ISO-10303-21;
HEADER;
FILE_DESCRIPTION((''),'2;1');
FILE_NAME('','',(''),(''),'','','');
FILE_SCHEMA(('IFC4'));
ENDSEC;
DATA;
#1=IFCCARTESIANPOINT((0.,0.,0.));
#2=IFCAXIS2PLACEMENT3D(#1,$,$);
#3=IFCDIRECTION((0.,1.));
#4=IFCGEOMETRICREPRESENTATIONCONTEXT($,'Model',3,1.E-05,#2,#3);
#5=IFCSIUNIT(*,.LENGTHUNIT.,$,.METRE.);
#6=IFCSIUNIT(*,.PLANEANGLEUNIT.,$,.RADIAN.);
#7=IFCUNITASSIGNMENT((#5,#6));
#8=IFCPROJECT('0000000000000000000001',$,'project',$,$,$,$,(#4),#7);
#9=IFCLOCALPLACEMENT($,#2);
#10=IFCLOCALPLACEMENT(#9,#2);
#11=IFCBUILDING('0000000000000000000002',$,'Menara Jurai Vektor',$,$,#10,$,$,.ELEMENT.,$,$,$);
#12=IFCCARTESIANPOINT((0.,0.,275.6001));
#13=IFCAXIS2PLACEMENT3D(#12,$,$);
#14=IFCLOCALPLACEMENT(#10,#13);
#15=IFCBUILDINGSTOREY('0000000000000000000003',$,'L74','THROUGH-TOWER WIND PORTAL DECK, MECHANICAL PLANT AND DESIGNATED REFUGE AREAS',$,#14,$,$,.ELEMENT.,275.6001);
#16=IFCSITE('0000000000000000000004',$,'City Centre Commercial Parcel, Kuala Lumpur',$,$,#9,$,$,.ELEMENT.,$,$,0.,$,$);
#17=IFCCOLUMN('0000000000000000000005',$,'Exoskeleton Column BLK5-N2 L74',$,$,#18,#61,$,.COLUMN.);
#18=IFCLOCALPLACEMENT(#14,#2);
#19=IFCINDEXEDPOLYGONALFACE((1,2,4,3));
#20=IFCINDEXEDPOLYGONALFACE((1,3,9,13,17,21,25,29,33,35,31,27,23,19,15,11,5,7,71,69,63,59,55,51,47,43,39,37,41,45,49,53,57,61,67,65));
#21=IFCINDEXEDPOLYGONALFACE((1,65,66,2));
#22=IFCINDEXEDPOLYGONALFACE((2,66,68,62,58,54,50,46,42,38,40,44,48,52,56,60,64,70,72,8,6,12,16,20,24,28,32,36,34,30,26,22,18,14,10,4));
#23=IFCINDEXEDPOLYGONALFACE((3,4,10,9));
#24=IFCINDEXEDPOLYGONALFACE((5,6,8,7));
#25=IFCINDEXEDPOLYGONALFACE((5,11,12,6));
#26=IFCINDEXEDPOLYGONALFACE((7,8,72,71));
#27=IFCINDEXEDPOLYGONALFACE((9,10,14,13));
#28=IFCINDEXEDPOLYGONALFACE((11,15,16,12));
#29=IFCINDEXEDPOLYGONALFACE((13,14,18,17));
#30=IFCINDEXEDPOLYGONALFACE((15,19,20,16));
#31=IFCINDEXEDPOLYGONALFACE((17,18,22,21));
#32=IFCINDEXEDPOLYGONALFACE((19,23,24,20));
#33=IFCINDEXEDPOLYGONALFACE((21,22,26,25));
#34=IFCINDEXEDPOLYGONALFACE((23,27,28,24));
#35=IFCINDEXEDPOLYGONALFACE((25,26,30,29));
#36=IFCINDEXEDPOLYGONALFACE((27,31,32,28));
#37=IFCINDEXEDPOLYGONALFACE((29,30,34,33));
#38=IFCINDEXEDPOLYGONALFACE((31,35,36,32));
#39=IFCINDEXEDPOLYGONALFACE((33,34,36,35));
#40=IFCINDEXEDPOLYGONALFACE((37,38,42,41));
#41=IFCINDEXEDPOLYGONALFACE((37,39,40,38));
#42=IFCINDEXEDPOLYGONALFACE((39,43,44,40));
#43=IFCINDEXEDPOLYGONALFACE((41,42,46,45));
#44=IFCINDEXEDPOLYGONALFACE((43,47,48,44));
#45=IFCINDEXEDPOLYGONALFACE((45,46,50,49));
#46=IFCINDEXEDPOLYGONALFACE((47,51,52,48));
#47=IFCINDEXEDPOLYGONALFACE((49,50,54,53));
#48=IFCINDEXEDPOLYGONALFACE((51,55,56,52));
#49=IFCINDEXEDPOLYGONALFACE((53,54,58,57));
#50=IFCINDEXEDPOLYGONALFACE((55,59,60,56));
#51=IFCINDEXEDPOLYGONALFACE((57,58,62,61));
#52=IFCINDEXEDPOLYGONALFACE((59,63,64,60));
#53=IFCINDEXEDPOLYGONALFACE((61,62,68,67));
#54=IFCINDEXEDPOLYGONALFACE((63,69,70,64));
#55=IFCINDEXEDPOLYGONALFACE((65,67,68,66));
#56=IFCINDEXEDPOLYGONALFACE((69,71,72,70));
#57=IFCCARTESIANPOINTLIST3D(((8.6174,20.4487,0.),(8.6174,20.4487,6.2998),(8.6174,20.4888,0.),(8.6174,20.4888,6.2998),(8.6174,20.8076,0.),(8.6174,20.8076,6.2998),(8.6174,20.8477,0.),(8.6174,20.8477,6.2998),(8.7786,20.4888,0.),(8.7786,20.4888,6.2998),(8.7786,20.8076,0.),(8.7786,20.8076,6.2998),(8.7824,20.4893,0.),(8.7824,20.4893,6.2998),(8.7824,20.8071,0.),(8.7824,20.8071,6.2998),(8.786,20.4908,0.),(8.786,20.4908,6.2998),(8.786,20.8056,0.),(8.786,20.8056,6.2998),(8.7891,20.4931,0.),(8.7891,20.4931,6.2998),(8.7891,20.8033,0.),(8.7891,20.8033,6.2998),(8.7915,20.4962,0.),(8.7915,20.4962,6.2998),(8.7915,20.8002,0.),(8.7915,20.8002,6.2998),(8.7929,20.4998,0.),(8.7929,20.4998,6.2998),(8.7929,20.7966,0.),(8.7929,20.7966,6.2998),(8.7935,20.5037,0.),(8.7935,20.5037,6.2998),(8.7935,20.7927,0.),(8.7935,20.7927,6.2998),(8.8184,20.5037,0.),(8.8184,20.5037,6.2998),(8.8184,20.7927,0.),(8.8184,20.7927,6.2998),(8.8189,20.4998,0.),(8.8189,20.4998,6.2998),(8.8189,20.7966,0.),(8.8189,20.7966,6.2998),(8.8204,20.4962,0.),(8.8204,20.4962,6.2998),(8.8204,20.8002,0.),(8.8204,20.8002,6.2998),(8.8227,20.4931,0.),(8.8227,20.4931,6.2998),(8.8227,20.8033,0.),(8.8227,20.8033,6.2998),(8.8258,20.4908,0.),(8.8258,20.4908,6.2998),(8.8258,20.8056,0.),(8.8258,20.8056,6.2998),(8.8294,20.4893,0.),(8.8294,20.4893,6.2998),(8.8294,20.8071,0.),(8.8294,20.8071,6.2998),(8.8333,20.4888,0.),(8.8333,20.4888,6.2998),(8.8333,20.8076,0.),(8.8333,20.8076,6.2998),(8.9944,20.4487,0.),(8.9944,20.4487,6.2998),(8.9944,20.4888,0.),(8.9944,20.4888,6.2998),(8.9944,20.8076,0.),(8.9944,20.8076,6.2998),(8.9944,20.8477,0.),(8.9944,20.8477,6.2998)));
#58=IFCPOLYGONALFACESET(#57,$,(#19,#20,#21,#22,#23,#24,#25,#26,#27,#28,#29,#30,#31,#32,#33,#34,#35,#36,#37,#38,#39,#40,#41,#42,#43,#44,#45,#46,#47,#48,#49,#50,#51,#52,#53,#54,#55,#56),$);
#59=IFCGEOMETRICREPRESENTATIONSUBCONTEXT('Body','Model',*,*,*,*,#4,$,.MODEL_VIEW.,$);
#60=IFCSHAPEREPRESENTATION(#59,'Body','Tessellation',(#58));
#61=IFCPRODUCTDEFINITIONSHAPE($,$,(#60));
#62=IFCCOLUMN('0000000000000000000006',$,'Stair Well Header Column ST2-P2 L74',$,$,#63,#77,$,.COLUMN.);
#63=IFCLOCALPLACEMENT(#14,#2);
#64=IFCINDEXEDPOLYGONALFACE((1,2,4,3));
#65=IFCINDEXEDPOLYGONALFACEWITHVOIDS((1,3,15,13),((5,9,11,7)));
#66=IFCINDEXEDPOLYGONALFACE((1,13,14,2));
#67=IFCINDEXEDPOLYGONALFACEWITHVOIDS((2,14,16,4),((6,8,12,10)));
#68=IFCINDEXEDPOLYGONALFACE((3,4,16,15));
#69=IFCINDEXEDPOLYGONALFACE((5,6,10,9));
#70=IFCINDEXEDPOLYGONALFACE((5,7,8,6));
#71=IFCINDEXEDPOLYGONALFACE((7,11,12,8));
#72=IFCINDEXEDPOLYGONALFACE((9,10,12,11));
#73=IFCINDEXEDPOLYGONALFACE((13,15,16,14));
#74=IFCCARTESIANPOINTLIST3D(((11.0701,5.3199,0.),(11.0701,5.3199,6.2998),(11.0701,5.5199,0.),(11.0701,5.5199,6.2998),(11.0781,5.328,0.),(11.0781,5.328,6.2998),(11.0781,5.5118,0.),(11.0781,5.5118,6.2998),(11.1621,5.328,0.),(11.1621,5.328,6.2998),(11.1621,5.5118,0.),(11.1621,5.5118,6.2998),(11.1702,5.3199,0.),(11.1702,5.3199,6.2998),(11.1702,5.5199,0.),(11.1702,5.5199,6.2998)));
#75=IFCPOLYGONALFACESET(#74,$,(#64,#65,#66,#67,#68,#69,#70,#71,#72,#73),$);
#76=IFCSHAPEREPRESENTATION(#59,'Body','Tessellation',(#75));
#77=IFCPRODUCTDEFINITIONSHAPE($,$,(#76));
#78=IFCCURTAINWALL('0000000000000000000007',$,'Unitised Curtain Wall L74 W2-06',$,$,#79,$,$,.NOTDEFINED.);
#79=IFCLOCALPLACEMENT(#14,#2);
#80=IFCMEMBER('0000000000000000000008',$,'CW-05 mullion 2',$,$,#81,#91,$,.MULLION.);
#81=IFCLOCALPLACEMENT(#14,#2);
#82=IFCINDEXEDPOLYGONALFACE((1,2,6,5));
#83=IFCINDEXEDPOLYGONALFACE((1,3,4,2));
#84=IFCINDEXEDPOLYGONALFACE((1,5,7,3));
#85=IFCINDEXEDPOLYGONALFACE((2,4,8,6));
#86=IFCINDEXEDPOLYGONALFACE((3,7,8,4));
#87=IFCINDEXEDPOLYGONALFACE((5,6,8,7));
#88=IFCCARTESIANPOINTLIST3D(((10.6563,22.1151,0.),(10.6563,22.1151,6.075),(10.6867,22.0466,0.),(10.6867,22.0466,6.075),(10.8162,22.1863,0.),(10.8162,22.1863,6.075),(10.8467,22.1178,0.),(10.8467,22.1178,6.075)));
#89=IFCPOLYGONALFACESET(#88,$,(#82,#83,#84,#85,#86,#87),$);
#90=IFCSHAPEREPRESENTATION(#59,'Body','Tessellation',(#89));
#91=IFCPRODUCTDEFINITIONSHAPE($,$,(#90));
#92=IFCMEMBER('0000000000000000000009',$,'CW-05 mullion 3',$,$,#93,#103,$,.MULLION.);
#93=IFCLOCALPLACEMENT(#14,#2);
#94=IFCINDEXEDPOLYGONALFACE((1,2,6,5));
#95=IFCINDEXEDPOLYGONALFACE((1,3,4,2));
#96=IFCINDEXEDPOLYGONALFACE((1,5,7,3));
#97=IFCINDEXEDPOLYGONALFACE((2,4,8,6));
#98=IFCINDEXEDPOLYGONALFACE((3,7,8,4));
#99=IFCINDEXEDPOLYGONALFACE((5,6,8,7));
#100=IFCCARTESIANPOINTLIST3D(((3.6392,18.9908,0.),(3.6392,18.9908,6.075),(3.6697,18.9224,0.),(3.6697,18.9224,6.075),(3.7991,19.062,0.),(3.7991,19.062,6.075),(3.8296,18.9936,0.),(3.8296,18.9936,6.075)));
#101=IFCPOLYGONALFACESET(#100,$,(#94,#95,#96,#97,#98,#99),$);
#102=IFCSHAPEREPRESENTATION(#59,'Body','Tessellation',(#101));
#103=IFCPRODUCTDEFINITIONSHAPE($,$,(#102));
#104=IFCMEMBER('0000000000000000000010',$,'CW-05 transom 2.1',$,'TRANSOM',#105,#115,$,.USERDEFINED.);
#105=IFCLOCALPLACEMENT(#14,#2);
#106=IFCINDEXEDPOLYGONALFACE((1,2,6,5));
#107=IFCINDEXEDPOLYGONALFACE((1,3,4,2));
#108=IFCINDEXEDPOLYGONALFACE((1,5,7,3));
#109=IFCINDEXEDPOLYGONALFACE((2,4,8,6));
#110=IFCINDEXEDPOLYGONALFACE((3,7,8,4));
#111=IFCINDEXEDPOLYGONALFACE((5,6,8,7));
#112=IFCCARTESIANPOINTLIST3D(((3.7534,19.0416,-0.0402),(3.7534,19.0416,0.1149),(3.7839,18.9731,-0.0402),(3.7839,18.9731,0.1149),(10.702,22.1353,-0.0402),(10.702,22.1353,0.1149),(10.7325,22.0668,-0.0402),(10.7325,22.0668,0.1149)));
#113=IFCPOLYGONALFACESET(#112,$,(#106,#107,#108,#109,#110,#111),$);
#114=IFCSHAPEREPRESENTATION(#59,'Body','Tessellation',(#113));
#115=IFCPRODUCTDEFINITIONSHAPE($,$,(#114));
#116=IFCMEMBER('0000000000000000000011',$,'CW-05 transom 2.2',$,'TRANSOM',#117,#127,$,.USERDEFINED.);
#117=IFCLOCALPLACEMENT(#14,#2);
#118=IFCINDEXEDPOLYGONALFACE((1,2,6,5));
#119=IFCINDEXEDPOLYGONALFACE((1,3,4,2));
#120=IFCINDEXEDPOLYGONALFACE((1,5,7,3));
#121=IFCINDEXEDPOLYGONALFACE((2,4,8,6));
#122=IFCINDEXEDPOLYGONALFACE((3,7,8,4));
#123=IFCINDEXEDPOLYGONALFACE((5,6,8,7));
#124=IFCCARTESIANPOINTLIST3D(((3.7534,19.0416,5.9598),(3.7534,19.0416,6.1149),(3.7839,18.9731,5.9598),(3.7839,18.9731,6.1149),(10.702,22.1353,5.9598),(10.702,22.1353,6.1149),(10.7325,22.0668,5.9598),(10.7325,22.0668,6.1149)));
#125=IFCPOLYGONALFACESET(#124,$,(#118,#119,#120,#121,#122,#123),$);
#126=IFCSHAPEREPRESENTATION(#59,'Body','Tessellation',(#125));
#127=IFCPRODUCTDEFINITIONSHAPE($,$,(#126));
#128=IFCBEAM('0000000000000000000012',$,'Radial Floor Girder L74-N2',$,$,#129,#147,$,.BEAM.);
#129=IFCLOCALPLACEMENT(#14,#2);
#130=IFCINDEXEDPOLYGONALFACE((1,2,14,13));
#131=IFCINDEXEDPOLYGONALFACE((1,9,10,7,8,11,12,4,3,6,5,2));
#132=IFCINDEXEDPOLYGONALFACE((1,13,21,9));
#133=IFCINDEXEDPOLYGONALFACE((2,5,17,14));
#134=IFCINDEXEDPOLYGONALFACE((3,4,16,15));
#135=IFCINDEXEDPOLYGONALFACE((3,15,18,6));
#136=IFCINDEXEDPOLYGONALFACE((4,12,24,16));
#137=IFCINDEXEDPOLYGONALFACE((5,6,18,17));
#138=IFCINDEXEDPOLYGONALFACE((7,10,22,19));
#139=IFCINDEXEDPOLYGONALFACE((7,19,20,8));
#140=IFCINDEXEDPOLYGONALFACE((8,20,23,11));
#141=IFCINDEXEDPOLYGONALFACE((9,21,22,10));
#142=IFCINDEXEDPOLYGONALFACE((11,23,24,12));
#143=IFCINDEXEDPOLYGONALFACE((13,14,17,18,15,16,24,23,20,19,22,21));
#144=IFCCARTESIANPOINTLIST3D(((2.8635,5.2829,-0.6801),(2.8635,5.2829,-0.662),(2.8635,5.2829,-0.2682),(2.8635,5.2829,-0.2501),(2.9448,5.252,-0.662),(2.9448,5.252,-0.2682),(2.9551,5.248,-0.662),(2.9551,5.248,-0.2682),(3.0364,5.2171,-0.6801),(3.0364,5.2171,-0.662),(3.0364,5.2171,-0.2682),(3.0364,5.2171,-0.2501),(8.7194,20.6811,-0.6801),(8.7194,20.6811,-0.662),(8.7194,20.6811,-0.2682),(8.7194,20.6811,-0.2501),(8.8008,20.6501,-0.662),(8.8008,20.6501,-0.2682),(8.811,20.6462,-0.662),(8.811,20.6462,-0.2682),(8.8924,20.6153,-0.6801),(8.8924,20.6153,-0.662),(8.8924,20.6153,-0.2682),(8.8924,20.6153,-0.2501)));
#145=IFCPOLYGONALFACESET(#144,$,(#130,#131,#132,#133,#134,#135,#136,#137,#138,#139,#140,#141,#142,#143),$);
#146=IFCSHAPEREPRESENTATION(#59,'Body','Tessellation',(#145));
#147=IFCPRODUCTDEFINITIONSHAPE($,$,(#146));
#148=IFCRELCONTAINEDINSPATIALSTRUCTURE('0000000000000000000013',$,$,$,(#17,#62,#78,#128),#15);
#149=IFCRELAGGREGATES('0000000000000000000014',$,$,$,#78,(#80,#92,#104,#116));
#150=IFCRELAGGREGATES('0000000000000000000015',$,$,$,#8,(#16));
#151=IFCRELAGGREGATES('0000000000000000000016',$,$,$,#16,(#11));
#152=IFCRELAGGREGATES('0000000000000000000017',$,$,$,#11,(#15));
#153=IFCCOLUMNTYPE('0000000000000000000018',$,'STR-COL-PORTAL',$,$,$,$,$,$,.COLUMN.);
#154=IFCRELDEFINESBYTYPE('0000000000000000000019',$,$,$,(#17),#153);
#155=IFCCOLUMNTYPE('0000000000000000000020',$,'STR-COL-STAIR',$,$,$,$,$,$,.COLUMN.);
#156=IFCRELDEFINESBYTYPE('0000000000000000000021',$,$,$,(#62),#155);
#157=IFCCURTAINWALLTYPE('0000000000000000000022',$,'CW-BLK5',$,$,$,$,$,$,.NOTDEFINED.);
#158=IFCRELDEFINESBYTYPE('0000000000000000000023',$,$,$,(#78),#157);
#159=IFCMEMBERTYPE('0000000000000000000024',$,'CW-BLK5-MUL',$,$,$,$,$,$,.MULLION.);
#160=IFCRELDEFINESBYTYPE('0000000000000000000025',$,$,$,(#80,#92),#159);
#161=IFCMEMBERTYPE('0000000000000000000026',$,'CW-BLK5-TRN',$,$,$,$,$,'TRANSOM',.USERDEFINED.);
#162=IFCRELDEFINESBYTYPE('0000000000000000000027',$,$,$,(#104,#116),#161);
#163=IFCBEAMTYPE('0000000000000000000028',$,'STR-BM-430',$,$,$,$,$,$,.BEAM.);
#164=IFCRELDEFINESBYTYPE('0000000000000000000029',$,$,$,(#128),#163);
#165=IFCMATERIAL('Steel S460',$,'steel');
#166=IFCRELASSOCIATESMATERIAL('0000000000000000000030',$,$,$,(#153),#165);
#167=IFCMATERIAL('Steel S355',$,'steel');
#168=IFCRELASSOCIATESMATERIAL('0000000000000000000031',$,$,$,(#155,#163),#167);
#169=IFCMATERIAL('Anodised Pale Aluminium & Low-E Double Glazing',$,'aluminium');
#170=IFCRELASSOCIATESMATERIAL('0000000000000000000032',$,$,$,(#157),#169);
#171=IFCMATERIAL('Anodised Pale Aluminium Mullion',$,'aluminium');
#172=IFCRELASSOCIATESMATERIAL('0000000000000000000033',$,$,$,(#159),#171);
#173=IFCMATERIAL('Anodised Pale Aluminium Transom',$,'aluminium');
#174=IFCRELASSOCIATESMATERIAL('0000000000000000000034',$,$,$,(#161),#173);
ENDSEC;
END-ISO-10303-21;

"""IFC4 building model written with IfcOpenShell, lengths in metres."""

from ifc_helpers import new_model, si_unit, direction, frame, origin, origin_2d, place, context, subcontext, project, spatial, rectangle, hollow_rectangle, i_section, extrude, material, material_profile, profile_set, type_object, element, aggregate, save


model = new_model("IFC4")

# Units and contexts
model_context = context("Model", 3, precision=1e-05, world=origin(), true_north=direction((0.0, 1.0)))
body_context = subcontext(model_context, "Body", "Model", "MODEL_VIEW")
ifc_project = project(units=[si_unit("LENGTHUNIT", "METRE"), si_unit("PLANEANGLEUNIT", "RADIAN")], contexts=[model_context])

# Site, building, storey
site_placement = place(None, origin())
site = spatial("IfcSite", under=ifc_project, at=site_placement, Name="City Centre Commercial Parcel, Kuala Lumpur", CompositionType="ELEMENT", RefElevation=0.0)
building_placement = place(site_placement, origin())
building = spatial("IfcBuilding", under=site, at=building_placement, Name="Menara Jurai Vektor", CompositionType="ELEMENT")
storey_placement = place(building_placement, frame((0.0, 0.0, 275.6001)))
storey = spatial("IfcBuildingStorey", under=building, at=storey_placement, Name="L74", Description="THROUGH-TOWER WIND PORTAL DECK, MECHANICAL PLANT AND DESIGNATED REFUGE AREAS", CompositionType="ELEMENT", Elevation=275.6001)

# Columns
ifc_material_1 = material(Name="Steel S460", Category="steel")
ifc_material_profile_1 = material_profile(ifc_material_1, i_section(OverallWidth=0.377, OverallDepth=0.3989, WebThickness=0.0249, FlangeThickness=0.04, FilletRadius=0.0149, at=origin_2d()), Name="HD 360x314")
ifc_profile_set_1 = profile_set([ifc_material_profile_1], Name="Steel S460")
column_type_1 = type_object("IfcColumnType", Name="STR-COL-PORTAL", PredefinedType="COLUMN", material=ifc_profile_set_1)
column_1_placement = place(storey_placement, frame((8.8059, 20.6482, 0.0), z_axis=(0.0, 0.0, 1.0), x_axis=(1.0, 0.0, 0.0)))
element("IfcColumn", 1, at=column_1_placement, inside=storey, type_object=column_type_1, Name="Exoskeleton Column BLK5-N2 L74", PredefinedType="COLUMN", context=body_context, shape_type="SweptSolid", body=[
    extrude(i_section(OverallWidth=0.377, OverallDepth=0.3989, WebThickness=0.0249, FlangeThickness=0.04, FilletRadius=0.0149, at=origin_2d()), origin(), (0.0, 0.0, 1.0), 6.2998),
])
ifc_material_2 = material(Name="Steel S355", Category="steel")
ifc_material_profile_2 = material_profile(ifc_material_2, hollow_rectangle(XDim=0.1001, YDim=0.2, WallThickness=0.0081, at=origin_2d()), Name="RHS 200x100x8")
ifc_profile_set_2 = profile_set([ifc_material_profile_2], Name="Steel S355")
column_type_2 = type_object("IfcColumnType", Name="STR-COL-STAIR", PredefinedType="COLUMN", material=ifc_profile_set_2)
column_2_placement = place(storey_placement, frame((11.1201, 5.4199, 0.0), z_axis=(0.0, 0.0, 1.0), x_axis=(1.0, 0.0, 0.0)))
element("IfcColumn", 2, at=column_2_placement, inside=storey, type_object=column_type_2, Name="Stair Well Header Column ST2-P2 L74", PredefinedType="COLUMN", context=body_context, shape_type="SweptSolid", body=[
    extrude(hollow_rectangle(XDim=0.1001, YDim=0.2, WallThickness=0.0081, at=origin_2d()), origin(), (0.0, 0.0, 1.0), 6.2998),
])

# Curtain wall, members
ifc_material_3 = material(Name="Anodised Pale Aluminium & Low-E Double Glazing", Category="aluminium")
curtain_wall_type = type_object("IfcCurtainWallType", Name="CW-BLK5", PredefinedType="NOTDEFINED", material=ifc_material_3)
curtain_wall_placement = place(storey_placement, origin())
curtain_wall = element("IfcCurtainWall", 3, at=curtain_wall_placement, inside=storey, type_object=curtain_wall_type, Name="Unitised Curtain Wall L74 W2-06", PredefinedType="NOTDEFINED")
ifc_material_4 = material(Name="Anodised Pale Aluminium Mullion", Category="aluminium")
ifc_material_profile_3 = material_profile(ifc_material_4, rectangle(XDim=0.075, YDim=0.175, at=origin_2d()), Name="ALU MUL 75x175")
ifc_profile_set_3 = profile_set([ifc_material_profile_3], Name="Anodised Pale Aluminium Mullion")
member_type_1 = type_object("IfcMemberType", Name="CW-BLK5-MUL", PredefinedType="MULLION", material=ifc_profile_set_3)
member_1_placement = place(storey_placement, frame((10.7515, 22.1165, 0.0), z_axis=(0.0, 0.0, 1.0), x_axis=(0.406733, -0.913547, 0.0)))
member_1 = element("IfcMember", 4, at=member_1_placement, type_object=member_type_1, Name="CW-05 mullion 2", PredefinedType="MULLION", context=body_context, shape_type="SweptSolid", body=[
    extrude(rectangle(XDim=0.075, YDim=0.175, at=origin_2d()), origin(), (0.0, 0.0, 1.0), 6.075),
])
member_2_placement = place(storey_placement, frame((3.7344, 18.9922, 0.0), z_axis=(0.0, 0.0, 1.0), x_axis=(0.406733, -0.913547, 0.0)))
member_2 = element("IfcMember", 5, at=member_2_placement, type_object=member_type_1, Name="CW-05 mullion 3", PredefinedType="MULLION", context=body_context, shape_type="SweptSolid", body=[
    extrude(rectangle(XDim=0.075, YDim=0.175, at=origin_2d()), origin(), (0.0, 0.0, 1.0), 6.075),
])
ifc_material_5 = material(Name="Anodised Pale Aluminium Transom", Category="aluminium")
ifc_material_profile_4 = material_profile(ifc_material_5, rectangle(XDim=0.075, YDim=0.155, at=origin_2d()), Name="ALU TRN 75x155")
ifc_profile_set_4 = profile_set([ifc_material_profile_4], Name="Anodised Pale Aluminium Transom")
member_type_2 = type_object("IfcMemberType", Name="CW-BLK5-TRN", ElementType="TRANSOM", PredefinedType="USERDEFINED", material=ifc_profile_set_4)
member_3_placement = place(storey_placement, frame((10.7173, 22.1011, 0.0374), z_axis=(-0.913547, -0.406734, 0.0), x_axis=(0.406734, -0.913547, 0.0)))
member_3 = element("IfcMember", 6, at=member_3_placement, type_object=member_type_2, Name="CW-05 transom 2.1", ObjectType="TRANSOM", PredefinedType="USERDEFINED", context=body_context, shape_type="SweptSolid", body=[
    extrude(rectangle(XDim=0.075, YDim=0.155, at=origin_2d()), origin(), (0.0, 0.0, 1.0), 7.6062),
])
member_4_placement = place(storey_placement, frame((10.7173, 22.1011, 6.0374), z_axis=(-0.913547, -0.406734, 0.0), x_axis=(0.406734, -0.913547, 0.0)))
member_4 = element("IfcMember", 7, at=member_4_placement, type_object=member_type_2, Name="CW-05 transom 2.2", ObjectType="TRANSOM", PredefinedType="USERDEFINED", context=body_context, shape_type="SweptSolid", body=[
    extrude(rectangle(XDim=0.075, YDim=0.155, at=origin_2d()), origin(), (0.0, 0.0, 1.0), 7.6062),
])

# Beam
ifc_material_profile_5 = material_profile(ifc_material_2, i_section(OverallWidth=0.1851, OverallDepth=0.4299, WebThickness=0.011, FlangeThickness=0.0181, at=origin_2d()), Name="PG 430x185x76")
ifc_profile_set_5 = profile_set([ifc_material_profile_5], Name="Steel S355")
beam_type_1 = type_object("IfcBeamType", Name="STR-BM-430", PredefinedType="BEAM", material=ifc_profile_set_5)
beam_1_placement = place(storey_placement, frame((8.8059, 20.6482, -0.4651), z_axis=(-0.355464, -0.93469, 0.0), x_axis=(0.93469, -0.355464, 0.0)))
element("IfcBeam", 8, at=beam_1_placement, inside=storey, type_object=beam_type_1, Name="Radial Floor Girder L74-N2", PredefinedType="BEAM", context=body_context, shape_type="SweptSolid", body=[
    extrude(i_section(OverallWidth=0.1851, OverallDepth=0.4299, WebThickness=0.011, FlangeThickness=0.0181, at=origin_2d()), origin(), (0.0, 0.0, 1.0), 16.4741),
])

aggregate(curtain_wall, [member_1, member_2, member_3, member_4])

save(model, "model.ifc")
